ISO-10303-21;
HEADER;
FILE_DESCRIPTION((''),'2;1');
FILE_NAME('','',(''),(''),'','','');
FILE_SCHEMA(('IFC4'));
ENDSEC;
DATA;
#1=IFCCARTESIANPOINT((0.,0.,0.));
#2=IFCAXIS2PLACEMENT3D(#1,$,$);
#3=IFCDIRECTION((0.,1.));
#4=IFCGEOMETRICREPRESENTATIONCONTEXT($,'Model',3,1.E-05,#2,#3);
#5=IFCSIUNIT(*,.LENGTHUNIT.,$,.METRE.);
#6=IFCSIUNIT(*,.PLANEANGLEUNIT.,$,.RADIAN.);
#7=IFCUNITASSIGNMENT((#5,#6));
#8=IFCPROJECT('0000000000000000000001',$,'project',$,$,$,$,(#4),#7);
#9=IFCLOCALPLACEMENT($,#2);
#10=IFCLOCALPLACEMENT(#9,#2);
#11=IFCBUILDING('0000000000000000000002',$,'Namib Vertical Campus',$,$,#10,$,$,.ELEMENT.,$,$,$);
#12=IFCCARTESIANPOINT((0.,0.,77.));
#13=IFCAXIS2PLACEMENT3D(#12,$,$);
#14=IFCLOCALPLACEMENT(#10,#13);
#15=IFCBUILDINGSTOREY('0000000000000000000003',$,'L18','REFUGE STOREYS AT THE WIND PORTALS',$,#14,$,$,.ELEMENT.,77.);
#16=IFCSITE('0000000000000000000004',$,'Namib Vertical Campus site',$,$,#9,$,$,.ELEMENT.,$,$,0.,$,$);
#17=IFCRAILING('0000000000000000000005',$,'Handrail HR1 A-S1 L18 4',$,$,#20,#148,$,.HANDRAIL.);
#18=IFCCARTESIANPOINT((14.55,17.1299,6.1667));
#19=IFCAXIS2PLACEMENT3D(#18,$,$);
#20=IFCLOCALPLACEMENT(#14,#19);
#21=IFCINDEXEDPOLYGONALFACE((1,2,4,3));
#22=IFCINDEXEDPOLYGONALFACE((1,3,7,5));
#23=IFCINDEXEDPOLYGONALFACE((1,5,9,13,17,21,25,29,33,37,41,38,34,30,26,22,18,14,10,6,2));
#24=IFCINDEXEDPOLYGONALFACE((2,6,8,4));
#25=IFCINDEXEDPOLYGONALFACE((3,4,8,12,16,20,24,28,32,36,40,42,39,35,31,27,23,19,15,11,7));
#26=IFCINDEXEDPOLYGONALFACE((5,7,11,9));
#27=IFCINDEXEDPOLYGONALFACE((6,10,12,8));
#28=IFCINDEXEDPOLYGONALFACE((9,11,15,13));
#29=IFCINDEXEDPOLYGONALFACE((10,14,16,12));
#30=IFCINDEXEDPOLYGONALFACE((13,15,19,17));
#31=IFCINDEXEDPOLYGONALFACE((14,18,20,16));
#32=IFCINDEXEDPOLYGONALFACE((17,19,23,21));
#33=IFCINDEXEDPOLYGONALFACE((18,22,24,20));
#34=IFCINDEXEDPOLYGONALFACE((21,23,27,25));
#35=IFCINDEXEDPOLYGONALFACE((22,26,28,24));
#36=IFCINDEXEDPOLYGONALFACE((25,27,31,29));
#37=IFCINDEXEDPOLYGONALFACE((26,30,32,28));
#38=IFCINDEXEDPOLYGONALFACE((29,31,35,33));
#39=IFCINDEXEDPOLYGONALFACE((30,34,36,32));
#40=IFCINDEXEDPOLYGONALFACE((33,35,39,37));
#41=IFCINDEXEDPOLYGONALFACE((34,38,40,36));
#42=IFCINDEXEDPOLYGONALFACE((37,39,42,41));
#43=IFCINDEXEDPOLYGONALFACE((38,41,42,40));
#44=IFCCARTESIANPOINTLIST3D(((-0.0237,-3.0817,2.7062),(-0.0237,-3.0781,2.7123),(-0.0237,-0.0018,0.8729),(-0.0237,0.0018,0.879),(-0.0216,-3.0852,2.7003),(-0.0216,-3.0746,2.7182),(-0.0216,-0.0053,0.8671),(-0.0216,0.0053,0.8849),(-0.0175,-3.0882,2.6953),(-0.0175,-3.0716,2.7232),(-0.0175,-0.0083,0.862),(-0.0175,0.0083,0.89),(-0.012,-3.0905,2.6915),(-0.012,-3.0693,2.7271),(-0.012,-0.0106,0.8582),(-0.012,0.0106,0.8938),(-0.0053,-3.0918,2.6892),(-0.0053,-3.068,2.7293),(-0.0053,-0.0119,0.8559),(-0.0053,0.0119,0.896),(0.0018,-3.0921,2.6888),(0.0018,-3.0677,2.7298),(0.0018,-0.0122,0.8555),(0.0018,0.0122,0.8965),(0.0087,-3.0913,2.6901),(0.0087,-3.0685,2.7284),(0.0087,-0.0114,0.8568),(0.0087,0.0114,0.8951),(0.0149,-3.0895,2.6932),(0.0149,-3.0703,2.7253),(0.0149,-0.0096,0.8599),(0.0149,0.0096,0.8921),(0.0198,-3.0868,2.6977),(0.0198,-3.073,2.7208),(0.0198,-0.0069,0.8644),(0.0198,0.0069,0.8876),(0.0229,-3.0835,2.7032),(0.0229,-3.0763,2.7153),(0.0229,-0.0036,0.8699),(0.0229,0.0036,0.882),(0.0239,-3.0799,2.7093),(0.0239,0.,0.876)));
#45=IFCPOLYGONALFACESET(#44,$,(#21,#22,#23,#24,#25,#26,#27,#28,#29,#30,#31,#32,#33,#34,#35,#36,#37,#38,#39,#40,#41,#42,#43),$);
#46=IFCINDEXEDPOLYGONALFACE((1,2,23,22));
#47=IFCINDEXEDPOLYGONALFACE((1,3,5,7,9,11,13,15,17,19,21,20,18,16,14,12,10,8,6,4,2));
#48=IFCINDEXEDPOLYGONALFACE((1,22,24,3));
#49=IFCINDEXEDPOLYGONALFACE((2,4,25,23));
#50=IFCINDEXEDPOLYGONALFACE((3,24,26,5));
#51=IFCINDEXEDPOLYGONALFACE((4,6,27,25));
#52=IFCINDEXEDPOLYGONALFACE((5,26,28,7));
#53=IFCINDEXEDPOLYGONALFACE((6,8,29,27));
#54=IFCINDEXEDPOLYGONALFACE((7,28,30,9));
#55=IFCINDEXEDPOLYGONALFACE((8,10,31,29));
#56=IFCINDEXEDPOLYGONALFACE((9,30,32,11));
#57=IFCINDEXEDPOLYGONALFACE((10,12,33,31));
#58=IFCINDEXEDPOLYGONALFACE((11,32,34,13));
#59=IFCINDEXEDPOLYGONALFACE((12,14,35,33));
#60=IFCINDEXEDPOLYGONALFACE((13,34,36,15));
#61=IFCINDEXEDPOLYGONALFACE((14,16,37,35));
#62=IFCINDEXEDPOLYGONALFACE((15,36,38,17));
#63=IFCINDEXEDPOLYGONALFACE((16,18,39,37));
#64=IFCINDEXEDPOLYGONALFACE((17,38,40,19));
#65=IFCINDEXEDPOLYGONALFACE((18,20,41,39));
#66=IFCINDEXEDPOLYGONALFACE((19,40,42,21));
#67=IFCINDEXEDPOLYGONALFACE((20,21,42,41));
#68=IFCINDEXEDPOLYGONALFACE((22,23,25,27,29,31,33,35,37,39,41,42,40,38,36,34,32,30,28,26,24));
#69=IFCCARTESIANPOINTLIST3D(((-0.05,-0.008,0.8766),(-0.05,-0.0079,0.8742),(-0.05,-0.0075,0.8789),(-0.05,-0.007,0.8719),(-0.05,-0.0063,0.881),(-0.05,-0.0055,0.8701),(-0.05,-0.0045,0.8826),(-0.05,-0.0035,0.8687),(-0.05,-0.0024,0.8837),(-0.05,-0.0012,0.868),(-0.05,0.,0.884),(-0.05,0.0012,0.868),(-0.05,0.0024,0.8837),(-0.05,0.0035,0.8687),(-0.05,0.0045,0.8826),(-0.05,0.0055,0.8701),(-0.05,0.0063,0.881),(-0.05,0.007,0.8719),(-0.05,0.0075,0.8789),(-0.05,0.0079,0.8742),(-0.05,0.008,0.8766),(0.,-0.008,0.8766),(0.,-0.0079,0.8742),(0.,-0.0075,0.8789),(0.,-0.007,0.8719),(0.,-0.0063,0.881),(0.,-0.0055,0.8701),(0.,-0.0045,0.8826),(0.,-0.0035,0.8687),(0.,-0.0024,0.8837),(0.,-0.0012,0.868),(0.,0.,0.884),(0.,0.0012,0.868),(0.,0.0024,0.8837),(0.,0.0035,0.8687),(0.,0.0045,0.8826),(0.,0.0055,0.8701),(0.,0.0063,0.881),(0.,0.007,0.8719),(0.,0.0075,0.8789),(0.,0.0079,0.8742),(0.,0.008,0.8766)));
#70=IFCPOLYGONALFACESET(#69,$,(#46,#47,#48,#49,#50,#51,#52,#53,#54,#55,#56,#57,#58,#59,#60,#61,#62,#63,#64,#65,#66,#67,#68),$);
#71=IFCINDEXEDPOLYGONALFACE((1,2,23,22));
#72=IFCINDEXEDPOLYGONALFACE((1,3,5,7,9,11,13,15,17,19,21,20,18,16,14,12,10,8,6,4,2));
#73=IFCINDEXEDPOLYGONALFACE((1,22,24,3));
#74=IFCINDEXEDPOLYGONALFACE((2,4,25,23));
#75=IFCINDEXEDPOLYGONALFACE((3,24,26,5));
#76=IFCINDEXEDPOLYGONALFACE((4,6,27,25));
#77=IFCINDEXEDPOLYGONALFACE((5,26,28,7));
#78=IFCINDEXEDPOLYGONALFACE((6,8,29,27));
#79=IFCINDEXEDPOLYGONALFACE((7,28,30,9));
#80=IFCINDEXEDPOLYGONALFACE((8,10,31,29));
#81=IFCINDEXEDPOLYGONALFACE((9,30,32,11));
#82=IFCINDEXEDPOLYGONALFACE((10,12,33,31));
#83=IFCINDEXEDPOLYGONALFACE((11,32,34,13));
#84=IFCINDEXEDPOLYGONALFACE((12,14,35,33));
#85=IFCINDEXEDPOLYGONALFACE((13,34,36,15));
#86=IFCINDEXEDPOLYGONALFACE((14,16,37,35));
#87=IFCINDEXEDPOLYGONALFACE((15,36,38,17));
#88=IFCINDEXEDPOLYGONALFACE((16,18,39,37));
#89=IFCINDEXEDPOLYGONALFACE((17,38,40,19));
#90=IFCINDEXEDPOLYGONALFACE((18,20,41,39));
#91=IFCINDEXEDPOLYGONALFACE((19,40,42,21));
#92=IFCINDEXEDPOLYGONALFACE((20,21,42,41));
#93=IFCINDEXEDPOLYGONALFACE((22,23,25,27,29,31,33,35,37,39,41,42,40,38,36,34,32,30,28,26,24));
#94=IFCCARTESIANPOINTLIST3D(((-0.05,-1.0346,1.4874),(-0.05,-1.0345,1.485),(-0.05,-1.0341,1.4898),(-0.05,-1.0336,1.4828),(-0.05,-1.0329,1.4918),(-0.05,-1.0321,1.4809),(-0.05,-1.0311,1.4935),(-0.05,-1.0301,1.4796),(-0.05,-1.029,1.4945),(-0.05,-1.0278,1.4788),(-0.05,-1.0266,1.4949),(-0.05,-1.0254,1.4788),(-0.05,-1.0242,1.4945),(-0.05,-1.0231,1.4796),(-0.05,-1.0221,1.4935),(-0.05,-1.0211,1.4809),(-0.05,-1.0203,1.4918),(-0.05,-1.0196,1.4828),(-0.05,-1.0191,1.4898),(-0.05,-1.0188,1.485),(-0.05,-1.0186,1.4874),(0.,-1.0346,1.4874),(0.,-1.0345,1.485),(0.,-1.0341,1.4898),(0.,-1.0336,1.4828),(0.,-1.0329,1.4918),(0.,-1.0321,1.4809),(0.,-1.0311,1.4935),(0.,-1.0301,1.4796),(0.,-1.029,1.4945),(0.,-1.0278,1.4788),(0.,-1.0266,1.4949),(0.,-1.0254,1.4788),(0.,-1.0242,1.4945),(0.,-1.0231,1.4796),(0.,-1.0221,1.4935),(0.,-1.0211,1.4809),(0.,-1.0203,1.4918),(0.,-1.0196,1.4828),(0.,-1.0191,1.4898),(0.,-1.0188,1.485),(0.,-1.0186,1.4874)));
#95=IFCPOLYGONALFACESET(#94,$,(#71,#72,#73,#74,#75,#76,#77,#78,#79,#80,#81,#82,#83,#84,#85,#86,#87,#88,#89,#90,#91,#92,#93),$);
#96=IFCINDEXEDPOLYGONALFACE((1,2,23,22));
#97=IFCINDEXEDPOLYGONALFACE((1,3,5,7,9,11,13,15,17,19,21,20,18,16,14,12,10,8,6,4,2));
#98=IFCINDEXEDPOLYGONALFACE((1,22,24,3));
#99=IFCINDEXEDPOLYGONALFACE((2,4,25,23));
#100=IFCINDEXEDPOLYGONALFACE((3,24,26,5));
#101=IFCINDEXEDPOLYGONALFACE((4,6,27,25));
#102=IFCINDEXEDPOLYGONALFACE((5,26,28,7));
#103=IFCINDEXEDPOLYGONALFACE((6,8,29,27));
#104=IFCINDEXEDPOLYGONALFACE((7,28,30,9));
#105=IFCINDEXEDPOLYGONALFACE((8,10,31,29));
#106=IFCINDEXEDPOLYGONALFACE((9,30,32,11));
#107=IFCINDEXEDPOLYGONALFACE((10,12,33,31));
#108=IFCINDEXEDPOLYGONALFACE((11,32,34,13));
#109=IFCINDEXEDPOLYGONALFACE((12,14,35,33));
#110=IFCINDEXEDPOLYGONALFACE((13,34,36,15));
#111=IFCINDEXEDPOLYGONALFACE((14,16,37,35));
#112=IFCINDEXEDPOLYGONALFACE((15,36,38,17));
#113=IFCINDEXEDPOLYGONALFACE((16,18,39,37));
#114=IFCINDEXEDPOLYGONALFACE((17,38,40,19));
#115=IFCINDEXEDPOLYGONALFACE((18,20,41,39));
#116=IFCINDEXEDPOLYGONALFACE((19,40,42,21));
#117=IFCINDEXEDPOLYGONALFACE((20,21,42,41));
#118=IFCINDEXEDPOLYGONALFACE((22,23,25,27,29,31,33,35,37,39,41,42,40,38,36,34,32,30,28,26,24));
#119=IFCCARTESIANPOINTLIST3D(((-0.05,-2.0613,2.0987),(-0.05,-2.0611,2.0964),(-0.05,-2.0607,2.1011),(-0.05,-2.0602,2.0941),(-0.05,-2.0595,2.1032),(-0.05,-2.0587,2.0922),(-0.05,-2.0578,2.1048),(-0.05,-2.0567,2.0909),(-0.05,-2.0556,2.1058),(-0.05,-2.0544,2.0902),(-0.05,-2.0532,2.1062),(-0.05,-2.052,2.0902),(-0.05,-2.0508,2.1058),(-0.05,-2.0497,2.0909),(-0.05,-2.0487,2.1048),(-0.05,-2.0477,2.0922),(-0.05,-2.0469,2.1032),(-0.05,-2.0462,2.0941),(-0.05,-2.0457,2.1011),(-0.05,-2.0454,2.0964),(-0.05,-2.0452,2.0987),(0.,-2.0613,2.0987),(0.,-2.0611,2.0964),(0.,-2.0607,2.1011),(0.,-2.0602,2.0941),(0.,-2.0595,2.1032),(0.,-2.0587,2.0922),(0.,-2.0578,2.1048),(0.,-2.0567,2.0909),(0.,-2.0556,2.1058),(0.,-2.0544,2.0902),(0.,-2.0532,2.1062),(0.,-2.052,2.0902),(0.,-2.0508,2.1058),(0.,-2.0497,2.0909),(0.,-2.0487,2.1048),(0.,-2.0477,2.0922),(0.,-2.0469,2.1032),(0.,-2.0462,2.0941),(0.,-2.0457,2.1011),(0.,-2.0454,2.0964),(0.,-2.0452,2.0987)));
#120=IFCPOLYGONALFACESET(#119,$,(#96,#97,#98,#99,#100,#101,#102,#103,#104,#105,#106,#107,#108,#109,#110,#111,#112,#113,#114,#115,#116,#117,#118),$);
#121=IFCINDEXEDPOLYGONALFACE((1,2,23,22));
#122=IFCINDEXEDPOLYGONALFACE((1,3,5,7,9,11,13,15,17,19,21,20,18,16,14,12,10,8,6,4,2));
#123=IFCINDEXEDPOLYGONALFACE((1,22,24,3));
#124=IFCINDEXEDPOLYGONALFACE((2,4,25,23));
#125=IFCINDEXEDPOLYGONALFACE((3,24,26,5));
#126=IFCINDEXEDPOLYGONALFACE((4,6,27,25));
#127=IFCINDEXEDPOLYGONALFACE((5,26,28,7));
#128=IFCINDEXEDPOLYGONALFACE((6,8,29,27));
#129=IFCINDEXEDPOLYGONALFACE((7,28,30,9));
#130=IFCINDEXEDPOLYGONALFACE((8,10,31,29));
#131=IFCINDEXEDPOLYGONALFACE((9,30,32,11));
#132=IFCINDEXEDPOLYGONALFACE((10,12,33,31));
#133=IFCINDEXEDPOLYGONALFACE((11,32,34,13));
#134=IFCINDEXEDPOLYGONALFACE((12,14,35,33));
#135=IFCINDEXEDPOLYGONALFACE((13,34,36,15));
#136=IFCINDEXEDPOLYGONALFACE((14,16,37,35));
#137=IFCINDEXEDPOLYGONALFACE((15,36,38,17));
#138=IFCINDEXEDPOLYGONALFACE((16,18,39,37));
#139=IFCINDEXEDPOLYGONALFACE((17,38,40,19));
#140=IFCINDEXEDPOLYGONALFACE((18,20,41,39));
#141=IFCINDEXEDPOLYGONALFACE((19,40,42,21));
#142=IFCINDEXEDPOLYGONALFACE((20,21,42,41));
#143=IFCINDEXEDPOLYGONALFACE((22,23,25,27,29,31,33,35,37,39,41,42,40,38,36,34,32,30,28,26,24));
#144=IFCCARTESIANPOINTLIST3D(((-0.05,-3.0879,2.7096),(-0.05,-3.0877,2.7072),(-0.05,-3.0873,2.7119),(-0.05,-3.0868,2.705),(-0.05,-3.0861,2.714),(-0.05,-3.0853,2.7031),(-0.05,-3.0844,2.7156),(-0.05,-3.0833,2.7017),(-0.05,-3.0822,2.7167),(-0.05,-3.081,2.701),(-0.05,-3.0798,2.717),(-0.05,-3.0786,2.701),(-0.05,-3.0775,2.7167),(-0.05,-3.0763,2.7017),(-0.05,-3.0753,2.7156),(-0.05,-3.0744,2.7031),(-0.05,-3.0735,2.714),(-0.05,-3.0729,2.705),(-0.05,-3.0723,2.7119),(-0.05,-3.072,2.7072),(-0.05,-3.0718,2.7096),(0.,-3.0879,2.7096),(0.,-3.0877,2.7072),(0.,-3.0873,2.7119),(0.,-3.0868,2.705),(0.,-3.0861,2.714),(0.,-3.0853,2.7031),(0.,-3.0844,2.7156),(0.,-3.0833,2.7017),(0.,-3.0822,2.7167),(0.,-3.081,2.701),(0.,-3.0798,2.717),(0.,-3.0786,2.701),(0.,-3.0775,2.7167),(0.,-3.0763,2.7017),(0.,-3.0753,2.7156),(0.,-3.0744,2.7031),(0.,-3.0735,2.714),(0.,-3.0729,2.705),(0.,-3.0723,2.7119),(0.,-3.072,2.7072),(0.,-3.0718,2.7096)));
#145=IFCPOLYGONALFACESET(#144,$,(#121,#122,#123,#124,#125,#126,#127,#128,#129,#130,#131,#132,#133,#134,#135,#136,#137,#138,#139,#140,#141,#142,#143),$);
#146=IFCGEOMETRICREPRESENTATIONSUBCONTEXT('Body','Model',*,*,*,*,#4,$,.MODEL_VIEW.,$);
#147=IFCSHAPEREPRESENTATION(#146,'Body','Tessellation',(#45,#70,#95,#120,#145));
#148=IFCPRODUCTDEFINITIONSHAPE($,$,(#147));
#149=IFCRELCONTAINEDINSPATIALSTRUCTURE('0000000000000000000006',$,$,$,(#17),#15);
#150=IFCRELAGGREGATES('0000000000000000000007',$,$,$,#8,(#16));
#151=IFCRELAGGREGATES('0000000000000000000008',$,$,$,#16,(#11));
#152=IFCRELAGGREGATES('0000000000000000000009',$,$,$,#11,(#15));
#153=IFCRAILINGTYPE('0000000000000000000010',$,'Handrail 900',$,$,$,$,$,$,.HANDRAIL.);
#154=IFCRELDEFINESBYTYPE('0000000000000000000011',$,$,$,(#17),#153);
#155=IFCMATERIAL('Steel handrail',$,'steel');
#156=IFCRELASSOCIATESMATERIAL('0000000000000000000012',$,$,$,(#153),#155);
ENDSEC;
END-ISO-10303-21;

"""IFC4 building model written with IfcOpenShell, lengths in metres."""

from ifc_helpers import new_model, si_unit, direction, frame, origin, origin_2d, place, context, subcontext, project, spatial, circle, extrude, material, type_object, element, save


model = new_model("IFC4")

# Units and contexts
model_context = context("Model", 3, precision=1e-05, world=origin(), true_north=direction((0.0, 1.0)))
body_context = subcontext(model_context, "Body", "Model", "MODEL_VIEW")
ifc_project = project(units=[si_unit("LENGTHUNIT", "METRE"), si_unit("PLANEANGLEUNIT", "RADIAN")], contexts=[model_context])

# Site, building, storey
site_placement = place(None, origin())
site = spatial("IfcSite", under=ifc_project, at=site_placement, Name="Namib Vertical Campus site", CompositionType="ELEMENT", RefElevation=0.0)
building_placement = place(site_placement, origin())
building = spatial("IfcBuilding", under=site, at=building_placement, Name="Namib Vertical Campus", CompositionType="ELEMENT")
storey_placement = place(building_placement, frame((0.0, 0.0, 77.0)))
storey = spatial("IfcBuildingStorey", under=building, at=storey_placement, Name="L18", Description="REFUGE STOREYS AT THE WIND PORTALS", CompositionType="ELEMENT", Elevation=77.0)

# Railing
ifc_material_1 = material(Name="Steel handrail", Category="steel")
railing_type_1 = type_object("IfcRailingType", Name="Handrail 900", PredefinedType="HANDRAIL", material=ifc_material_1)
railing_1_placement = place(storey_placement, frame((14.55, 17.1299, 6.1667)))
element("IfcRailing", 1, at=railing_1_placement, inside=storey, type_object=railing_type_1, Name="Handrail HR1 A-S1 L18 4", PredefinedType="HANDRAIL", context=body_context, shape_type="SweptSolid", body=[
    extrude(circle(Radius=0.0239, at=origin_2d()), frame((0.0, 0.0, 0.876), z_axis=(0.0, -0.859291, 0.511487), x_axis=(1.0, 0.0, 0.0)), (0.0, 0.0, 1.0), 3.5842),
    extrude(circle(Radius=0.0081, at=origin_2d()), frame((0.0, 0.0, 0.876), z_axis=(-1.0, 0.0, 0.0), x_axis=(0.0, 0.0, 1.0)), (0.0, 0.0, 1.0), 0.05),
    extrude(circle(Radius=0.0081, at=origin_2d()), frame((0.0, -1.0266, 1.4868), z_axis=(-1.0, 0.0, 0.0), x_axis=(0.0, 0.0, 1.0)), (0.0, 0.0, 1.0), 0.05),
    extrude(circle(Radius=0.0081, at=origin_2d()), frame((0.0, -2.0532, 2.0981), z_axis=(-1.0, 0.0, 0.0), x_axis=(0.0, 0.0, 1.0)), (0.0, 0.0, 1.0), 0.05),
    extrude(circle(Radius=0.0081, at=origin_2d()), frame((0.0, -3.0798, 2.709), z_axis=(-1.0, 0.0, 0.0), x_axis=(0.0, 0.0, 1.0)), (0.0, 0.0, 1.0), 0.05),
])

save(model, "model.ifc")
